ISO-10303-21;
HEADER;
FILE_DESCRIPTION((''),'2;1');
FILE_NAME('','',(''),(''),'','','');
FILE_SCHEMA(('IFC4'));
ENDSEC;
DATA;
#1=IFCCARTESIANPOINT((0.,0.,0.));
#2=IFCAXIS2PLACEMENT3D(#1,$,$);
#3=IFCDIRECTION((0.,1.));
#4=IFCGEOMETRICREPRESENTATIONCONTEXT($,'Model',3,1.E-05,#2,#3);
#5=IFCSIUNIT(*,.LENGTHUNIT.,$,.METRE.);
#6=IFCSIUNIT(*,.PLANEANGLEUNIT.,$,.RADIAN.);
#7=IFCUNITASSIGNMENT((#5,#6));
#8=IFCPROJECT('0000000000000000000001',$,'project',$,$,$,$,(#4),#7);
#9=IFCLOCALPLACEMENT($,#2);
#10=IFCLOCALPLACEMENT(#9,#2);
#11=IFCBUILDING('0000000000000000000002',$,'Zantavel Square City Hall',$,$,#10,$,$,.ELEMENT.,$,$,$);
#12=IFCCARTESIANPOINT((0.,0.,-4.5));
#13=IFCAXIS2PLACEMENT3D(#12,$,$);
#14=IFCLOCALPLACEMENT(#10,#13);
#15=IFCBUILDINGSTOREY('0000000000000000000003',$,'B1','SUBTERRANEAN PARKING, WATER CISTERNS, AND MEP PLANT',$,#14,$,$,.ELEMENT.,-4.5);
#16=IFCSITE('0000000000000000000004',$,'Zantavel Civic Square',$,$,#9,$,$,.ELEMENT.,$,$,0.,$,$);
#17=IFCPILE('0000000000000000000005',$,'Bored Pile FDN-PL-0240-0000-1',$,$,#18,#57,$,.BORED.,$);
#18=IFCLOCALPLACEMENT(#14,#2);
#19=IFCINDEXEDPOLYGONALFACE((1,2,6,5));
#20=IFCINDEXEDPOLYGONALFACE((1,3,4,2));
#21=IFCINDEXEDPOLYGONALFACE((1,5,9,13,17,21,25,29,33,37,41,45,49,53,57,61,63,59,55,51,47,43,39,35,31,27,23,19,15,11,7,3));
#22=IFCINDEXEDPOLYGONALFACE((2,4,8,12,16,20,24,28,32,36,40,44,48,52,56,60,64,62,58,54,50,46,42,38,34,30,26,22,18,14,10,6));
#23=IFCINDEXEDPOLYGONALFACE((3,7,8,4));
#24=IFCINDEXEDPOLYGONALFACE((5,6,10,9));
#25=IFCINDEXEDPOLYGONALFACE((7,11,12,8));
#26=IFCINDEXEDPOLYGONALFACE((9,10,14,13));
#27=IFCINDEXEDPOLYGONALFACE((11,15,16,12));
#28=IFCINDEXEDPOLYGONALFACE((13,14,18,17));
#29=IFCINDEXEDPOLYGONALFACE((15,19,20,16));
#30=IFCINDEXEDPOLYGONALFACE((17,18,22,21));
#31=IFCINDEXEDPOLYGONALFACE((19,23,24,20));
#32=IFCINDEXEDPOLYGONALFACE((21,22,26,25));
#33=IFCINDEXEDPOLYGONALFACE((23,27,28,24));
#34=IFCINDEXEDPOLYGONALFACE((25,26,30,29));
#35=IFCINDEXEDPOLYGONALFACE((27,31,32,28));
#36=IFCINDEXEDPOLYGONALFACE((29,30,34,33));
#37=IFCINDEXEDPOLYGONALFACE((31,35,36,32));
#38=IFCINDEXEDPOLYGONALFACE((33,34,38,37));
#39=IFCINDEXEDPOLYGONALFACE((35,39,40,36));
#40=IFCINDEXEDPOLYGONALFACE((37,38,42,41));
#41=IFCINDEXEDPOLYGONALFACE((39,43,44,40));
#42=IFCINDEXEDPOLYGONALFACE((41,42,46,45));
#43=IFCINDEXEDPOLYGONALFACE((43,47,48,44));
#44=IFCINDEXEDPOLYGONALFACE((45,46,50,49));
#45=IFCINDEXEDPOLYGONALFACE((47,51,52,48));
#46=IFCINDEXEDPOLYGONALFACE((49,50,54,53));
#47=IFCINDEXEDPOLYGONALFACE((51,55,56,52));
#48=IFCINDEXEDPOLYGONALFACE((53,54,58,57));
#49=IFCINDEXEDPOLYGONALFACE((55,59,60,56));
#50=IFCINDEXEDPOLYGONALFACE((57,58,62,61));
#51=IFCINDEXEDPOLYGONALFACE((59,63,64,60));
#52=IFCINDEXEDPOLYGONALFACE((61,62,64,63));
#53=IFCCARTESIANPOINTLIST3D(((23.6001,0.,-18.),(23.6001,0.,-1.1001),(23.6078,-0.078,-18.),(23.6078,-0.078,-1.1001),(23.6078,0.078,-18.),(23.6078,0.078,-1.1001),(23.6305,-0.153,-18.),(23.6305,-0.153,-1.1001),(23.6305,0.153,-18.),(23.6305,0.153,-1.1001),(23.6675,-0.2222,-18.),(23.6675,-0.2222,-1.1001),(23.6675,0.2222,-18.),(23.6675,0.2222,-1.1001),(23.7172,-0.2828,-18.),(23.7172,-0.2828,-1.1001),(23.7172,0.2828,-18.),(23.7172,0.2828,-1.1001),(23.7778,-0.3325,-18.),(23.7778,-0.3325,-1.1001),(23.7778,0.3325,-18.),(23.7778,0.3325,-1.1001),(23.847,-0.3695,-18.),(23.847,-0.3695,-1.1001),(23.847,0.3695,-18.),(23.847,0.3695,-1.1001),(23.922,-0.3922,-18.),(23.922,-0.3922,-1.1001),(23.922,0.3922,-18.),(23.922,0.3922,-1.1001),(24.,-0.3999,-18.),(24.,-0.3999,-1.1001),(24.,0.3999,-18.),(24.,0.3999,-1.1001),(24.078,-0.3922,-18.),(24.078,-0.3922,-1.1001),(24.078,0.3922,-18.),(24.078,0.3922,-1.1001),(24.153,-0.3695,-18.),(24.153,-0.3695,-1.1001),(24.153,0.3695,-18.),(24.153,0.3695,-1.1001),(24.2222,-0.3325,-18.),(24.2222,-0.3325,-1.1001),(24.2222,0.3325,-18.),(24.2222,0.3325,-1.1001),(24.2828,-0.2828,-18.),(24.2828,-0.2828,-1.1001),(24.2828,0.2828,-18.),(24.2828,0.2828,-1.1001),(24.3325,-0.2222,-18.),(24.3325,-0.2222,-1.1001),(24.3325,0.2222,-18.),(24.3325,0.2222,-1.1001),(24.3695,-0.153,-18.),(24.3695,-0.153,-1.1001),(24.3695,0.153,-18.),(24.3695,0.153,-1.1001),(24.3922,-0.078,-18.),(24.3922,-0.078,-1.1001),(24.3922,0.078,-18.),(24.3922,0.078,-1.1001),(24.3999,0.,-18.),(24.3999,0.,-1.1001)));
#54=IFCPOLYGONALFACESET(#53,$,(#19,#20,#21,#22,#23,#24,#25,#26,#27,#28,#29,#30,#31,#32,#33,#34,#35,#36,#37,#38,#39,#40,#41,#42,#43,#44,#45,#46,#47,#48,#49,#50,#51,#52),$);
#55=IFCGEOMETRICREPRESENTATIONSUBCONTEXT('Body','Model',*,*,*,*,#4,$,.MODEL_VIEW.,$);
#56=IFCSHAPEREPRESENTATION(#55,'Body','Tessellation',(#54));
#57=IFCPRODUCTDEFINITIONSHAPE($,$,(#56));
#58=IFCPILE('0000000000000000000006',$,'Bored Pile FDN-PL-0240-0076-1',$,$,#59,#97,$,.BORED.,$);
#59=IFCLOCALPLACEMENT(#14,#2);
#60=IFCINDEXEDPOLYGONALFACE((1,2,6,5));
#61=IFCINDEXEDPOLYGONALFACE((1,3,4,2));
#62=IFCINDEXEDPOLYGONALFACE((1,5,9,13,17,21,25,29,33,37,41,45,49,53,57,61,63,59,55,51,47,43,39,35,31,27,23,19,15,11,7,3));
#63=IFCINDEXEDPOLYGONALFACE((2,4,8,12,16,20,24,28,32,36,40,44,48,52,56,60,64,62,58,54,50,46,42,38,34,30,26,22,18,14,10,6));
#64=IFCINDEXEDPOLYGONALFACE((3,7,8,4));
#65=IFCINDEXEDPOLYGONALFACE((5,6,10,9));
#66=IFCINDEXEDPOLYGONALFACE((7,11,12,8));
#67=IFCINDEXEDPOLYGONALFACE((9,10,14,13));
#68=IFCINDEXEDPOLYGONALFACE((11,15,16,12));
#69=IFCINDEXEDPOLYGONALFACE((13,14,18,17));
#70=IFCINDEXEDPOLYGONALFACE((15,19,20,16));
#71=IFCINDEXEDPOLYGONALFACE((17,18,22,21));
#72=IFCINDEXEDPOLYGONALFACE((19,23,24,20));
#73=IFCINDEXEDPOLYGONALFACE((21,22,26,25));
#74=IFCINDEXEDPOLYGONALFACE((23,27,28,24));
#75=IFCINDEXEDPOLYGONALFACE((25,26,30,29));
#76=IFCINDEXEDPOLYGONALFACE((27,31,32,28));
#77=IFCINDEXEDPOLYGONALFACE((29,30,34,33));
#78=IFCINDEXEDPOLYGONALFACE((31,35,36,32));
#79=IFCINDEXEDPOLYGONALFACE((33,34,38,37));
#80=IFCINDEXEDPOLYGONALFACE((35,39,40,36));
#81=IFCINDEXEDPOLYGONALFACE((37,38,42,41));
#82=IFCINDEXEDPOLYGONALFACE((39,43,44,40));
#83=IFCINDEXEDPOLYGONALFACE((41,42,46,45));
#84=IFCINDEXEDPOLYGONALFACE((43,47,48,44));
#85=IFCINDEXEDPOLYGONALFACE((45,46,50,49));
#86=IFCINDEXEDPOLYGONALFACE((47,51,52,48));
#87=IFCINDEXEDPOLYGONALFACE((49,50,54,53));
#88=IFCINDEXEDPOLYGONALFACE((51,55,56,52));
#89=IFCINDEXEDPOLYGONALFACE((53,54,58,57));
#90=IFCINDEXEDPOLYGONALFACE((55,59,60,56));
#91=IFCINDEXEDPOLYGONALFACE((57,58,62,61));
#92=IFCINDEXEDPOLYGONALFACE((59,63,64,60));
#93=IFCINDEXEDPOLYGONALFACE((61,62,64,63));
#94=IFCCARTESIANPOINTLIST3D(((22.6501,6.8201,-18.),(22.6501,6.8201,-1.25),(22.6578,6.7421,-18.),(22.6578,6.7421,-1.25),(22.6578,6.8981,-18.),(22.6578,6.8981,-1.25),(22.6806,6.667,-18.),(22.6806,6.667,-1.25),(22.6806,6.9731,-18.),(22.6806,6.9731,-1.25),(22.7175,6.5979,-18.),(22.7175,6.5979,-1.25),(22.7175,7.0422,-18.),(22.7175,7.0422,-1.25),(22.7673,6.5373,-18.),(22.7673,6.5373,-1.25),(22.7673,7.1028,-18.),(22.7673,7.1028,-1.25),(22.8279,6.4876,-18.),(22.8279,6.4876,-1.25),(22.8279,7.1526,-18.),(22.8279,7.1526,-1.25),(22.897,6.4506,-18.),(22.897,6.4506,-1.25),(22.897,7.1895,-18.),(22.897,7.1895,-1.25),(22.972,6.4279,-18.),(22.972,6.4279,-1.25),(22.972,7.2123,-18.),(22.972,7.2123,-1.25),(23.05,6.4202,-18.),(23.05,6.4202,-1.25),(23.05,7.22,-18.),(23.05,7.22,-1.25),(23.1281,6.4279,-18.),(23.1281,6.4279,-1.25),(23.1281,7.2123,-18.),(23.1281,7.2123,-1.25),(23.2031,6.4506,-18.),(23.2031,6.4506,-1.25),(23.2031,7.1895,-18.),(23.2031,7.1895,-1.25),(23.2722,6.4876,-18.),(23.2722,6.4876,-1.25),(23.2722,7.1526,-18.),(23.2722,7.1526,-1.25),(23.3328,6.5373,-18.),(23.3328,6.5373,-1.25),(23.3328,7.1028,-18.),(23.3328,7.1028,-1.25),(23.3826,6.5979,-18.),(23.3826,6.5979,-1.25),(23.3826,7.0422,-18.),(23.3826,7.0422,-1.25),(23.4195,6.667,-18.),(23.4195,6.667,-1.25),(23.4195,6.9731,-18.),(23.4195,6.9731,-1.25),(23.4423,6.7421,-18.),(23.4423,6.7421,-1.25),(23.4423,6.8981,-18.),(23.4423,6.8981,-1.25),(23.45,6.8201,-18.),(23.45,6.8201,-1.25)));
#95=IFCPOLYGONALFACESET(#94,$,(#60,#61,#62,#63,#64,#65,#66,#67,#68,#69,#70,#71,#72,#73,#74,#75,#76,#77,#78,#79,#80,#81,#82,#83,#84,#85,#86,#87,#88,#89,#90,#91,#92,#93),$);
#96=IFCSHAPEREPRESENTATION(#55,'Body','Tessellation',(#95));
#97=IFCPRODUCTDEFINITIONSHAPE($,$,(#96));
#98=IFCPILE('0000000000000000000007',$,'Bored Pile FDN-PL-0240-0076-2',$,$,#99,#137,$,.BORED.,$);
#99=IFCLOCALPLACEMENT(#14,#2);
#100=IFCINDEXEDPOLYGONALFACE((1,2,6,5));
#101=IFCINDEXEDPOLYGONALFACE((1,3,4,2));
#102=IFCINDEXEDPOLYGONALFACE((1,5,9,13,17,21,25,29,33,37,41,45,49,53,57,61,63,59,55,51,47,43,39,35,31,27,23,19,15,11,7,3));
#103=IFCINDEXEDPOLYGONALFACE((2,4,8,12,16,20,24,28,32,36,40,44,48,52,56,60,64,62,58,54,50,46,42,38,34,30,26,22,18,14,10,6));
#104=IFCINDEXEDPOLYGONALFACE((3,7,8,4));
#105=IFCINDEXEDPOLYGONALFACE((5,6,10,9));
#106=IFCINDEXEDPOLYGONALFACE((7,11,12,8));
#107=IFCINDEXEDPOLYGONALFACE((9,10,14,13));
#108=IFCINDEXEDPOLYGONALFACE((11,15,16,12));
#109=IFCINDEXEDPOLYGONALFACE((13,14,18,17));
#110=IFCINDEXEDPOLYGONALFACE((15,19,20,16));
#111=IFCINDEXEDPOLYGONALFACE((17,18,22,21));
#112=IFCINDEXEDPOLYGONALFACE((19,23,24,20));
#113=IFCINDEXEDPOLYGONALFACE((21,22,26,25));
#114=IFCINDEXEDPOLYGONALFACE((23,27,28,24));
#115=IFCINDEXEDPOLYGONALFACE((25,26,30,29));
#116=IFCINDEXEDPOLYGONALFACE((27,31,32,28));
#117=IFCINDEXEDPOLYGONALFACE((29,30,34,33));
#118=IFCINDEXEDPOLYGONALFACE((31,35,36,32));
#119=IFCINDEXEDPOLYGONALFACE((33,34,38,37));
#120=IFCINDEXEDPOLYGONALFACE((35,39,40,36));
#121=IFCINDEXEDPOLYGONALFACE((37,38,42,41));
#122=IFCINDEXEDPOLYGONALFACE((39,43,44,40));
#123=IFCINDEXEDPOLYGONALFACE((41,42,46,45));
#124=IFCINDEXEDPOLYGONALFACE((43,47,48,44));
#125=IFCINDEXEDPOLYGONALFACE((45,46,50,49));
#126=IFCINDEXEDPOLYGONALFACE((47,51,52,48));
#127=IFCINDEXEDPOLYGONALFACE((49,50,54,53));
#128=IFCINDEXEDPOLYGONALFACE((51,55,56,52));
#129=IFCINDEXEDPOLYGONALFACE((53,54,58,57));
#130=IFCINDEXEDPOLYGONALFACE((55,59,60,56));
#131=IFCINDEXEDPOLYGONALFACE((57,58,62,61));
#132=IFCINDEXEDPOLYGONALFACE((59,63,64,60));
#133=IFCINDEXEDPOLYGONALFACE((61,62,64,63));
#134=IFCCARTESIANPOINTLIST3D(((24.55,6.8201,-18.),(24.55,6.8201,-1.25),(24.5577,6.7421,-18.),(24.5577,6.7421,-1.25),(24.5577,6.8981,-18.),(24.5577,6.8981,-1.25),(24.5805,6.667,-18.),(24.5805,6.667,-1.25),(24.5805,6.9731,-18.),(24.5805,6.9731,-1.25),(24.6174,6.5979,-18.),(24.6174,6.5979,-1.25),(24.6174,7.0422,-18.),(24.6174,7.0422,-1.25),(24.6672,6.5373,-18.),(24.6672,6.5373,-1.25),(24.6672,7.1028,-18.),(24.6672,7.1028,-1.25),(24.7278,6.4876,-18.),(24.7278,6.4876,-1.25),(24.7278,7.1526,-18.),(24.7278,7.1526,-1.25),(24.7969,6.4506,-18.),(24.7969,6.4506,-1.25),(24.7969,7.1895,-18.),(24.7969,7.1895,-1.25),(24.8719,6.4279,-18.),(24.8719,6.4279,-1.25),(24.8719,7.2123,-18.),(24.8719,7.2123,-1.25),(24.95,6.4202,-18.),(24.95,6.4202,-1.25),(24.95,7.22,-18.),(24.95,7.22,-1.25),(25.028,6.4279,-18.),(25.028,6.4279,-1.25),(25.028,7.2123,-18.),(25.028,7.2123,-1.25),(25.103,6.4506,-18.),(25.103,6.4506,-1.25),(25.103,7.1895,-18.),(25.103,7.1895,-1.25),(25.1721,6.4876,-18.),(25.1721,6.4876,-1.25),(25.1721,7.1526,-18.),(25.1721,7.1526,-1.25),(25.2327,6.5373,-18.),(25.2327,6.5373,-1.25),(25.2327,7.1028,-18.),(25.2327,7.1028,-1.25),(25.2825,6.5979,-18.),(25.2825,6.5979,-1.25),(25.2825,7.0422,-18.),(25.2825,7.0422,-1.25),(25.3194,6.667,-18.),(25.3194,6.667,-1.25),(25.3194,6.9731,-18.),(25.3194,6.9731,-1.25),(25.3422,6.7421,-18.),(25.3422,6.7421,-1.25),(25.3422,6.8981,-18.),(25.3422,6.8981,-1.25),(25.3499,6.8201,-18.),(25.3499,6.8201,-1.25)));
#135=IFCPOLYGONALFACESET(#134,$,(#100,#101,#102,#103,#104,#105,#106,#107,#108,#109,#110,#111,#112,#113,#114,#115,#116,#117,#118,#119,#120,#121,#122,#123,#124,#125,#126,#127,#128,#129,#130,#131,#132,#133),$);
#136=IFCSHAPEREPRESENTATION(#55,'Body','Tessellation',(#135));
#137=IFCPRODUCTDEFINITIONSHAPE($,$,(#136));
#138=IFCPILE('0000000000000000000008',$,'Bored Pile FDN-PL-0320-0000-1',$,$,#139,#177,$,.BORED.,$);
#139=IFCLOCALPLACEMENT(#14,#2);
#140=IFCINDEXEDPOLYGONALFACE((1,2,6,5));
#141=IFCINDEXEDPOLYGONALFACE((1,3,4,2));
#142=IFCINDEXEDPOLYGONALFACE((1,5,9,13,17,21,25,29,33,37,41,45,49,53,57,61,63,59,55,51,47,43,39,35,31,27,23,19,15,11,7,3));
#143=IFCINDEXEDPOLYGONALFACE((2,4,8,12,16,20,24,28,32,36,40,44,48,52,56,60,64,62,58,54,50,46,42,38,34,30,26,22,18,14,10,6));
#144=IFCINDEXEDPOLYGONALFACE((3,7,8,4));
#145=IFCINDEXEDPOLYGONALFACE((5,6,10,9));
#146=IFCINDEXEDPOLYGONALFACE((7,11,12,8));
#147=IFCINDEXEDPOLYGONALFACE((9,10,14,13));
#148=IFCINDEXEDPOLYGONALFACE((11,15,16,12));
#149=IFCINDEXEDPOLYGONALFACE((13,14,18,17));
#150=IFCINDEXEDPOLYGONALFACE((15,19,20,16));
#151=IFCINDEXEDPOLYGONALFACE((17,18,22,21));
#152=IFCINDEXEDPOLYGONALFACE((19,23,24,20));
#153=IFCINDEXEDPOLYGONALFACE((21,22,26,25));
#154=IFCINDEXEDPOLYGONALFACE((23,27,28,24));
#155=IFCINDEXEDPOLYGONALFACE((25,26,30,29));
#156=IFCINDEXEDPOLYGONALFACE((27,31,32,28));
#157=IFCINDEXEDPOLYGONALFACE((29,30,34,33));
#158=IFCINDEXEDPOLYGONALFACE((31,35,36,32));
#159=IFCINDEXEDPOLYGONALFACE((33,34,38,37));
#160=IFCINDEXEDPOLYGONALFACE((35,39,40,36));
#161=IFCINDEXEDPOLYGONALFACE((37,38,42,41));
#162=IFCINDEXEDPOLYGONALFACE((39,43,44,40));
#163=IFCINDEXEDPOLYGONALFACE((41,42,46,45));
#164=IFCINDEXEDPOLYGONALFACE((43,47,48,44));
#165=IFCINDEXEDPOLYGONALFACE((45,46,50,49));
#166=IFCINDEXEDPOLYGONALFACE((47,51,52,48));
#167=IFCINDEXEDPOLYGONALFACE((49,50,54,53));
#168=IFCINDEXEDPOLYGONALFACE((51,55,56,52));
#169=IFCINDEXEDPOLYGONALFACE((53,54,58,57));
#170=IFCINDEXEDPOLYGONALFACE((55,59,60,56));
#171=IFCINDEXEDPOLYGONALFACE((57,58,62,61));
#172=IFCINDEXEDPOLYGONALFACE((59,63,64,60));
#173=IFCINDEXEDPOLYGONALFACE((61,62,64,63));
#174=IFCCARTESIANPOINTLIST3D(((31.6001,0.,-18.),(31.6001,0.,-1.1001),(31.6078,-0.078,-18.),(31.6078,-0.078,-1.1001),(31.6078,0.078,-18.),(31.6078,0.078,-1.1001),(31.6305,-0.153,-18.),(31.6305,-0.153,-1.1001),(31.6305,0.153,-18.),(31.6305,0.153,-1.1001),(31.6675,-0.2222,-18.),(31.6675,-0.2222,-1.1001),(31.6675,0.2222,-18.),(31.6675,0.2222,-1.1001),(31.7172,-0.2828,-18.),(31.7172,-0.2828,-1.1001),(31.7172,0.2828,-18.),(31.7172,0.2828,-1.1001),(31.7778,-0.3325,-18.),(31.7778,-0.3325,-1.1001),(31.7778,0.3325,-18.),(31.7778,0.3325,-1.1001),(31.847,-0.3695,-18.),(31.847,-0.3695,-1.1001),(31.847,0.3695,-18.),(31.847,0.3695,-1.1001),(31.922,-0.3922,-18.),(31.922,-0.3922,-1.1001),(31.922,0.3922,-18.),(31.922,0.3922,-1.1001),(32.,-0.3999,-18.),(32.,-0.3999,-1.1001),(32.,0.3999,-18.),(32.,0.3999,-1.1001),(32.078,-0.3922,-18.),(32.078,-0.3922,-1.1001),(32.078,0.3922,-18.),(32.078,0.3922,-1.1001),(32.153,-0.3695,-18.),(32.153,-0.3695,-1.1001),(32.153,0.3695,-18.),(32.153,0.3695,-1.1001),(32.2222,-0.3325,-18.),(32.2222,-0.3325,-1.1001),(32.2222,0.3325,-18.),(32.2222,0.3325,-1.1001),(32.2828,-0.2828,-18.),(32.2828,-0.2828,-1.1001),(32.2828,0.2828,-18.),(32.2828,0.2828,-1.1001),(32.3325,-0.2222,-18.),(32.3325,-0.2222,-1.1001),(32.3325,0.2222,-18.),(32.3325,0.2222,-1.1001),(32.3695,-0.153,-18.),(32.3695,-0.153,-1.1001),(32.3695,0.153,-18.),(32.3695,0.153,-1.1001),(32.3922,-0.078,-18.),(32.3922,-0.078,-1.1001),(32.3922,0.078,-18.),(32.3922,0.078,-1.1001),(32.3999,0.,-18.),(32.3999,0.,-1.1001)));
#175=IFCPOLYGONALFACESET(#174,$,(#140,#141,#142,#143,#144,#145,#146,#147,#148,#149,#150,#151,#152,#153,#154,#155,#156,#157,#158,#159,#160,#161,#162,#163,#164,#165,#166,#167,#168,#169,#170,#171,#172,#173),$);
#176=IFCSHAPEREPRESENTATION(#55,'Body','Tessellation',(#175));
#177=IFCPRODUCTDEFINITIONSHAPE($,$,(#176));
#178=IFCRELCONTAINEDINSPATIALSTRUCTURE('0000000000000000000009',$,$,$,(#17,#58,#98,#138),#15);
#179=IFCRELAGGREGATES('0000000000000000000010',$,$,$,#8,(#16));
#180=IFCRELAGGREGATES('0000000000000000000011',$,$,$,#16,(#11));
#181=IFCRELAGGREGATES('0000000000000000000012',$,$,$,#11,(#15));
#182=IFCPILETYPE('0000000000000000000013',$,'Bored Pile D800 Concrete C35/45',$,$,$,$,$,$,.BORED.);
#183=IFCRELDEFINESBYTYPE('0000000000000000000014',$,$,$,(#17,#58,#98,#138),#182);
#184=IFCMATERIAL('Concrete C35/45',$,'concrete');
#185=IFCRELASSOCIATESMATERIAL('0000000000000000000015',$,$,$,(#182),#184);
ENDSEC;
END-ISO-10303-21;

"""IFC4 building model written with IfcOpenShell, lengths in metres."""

from ifc_helpers import new_model, si_unit, direction, frame, origin, origin_2d, place, context, subcontext, project, spatial, circle, extrude, material, material_profile, profile_set, type_object, element, save


model = new_model("IFC4")

# Units and contexts
model_context = context("Model", 3, precision=1e-05, world=origin(), true_north=direction((0.0, 1.0)))
body_context = subcontext(model_context, "Body", "Model", "MODEL_VIEW")
ifc_project = project(units=[si_unit("LENGTHUNIT", "METRE"), si_unit("PLANEANGLEUNIT", "RADIAN")], contexts=[model_context])

# Site, building, storey
site_placement = place(None, origin())
site = spatial("IfcSite", under=ifc_project, at=site_placement, Name="Zantavel Civic Square", CompositionType="ELEMENT", RefElevation=0.0)
building_placement = place(site_placement, origin())
building = spatial("IfcBuilding", under=site, at=building_placement, Name="Zantavel Square City Hall", CompositionType="ELEMENT")
storey_placement = place(building_placement, frame((0.0, 0.0, -4.5)))
storey = spatial("IfcBuildingStorey", under=building, at=storey_placement, Name="B1", Description="SUBTERRANEAN PARKING, WATER CISTERNS, AND MEP PLANT", CompositionType="ELEMENT", Elevation=-4.5)

# Piles
ifc_material_1 = material(Name="Concrete C35/45", Category="concrete")
ifc_material_profile_1 = material_profile(ifc_material_1, circle(Radius=0.3999, at=origin_2d()), Name="PILE D800")
ifc_profile_set_1 = profile_set([ifc_material_profile_1], Name="Concrete C35/45")
pile_type = type_object("IfcPileType", Name="Bored Pile D800 Concrete C35/45", PredefinedType="BORED", material=ifc_profile_set_1)
pile_1_placement = place(storey_placement, frame((24.0, 0.0, -1.1001), z_axis=(0.0, 0.0, -1.0), x_axis=(1.0, 0.0, 0.0)))
element("IfcPile", 1, at=pile_1_placement, inside=storey, type_object=pile_type, Name="Bored Pile FDN-PL-0240-0000-1", PredefinedType="BORED", context=body_context, shape_type="SweptSolid", body=[
    extrude(circle(Radius=0.3999, at=origin_2d()), origin(), (0.0, 0.0, 1.0), 16.8999),
])
for number, where, z_axis, x_axis, name in (
    (2, (23.05, 6.8201, -1.25), (0.0, 0.0, -1.0), (1.0, 0.0, 0.0), "Bored Pile FDN-PL-0240-0076-1"),
    (3, (24.95, 6.8201, -1.25), (0.0, 0.0, -1.0), (1.0, 0.0, 0.0), "Bored Pile FDN-PL-0240-0076-2"),
):
    element("IfcPile", number, at=place(storey_placement, frame(where, z_axis=z_axis, x_axis=x_axis)), inside=storey, type_object=pile_type, Name=name, PredefinedType="BORED", context=body_context, shape_type="SweptSolid", body=[
        extrude(circle(Radius=0.3999, at=origin_2d()), origin(), (0.0, 0.0, 1.0), 16.75),
    ])
pile_2_placement = place(storey_placement, frame((32.0, 0.0, -1.1001), z_axis=(0.0, 0.0, -1.0), x_axis=(1.0, 0.0, 0.0)))
element("IfcPile", 4, at=pile_2_placement, inside=storey, type_object=pile_type, Name="Bored Pile FDN-PL-0320-0000-1", PredefinedType="BORED", context=body_context, shape_type="SweptSolid", body=[
    extrude(circle(Radius=0.3999, at=origin_2d()), origin(), (0.0, 0.0, 1.0), 16.8999),
])

save(model, "model.ifc")
